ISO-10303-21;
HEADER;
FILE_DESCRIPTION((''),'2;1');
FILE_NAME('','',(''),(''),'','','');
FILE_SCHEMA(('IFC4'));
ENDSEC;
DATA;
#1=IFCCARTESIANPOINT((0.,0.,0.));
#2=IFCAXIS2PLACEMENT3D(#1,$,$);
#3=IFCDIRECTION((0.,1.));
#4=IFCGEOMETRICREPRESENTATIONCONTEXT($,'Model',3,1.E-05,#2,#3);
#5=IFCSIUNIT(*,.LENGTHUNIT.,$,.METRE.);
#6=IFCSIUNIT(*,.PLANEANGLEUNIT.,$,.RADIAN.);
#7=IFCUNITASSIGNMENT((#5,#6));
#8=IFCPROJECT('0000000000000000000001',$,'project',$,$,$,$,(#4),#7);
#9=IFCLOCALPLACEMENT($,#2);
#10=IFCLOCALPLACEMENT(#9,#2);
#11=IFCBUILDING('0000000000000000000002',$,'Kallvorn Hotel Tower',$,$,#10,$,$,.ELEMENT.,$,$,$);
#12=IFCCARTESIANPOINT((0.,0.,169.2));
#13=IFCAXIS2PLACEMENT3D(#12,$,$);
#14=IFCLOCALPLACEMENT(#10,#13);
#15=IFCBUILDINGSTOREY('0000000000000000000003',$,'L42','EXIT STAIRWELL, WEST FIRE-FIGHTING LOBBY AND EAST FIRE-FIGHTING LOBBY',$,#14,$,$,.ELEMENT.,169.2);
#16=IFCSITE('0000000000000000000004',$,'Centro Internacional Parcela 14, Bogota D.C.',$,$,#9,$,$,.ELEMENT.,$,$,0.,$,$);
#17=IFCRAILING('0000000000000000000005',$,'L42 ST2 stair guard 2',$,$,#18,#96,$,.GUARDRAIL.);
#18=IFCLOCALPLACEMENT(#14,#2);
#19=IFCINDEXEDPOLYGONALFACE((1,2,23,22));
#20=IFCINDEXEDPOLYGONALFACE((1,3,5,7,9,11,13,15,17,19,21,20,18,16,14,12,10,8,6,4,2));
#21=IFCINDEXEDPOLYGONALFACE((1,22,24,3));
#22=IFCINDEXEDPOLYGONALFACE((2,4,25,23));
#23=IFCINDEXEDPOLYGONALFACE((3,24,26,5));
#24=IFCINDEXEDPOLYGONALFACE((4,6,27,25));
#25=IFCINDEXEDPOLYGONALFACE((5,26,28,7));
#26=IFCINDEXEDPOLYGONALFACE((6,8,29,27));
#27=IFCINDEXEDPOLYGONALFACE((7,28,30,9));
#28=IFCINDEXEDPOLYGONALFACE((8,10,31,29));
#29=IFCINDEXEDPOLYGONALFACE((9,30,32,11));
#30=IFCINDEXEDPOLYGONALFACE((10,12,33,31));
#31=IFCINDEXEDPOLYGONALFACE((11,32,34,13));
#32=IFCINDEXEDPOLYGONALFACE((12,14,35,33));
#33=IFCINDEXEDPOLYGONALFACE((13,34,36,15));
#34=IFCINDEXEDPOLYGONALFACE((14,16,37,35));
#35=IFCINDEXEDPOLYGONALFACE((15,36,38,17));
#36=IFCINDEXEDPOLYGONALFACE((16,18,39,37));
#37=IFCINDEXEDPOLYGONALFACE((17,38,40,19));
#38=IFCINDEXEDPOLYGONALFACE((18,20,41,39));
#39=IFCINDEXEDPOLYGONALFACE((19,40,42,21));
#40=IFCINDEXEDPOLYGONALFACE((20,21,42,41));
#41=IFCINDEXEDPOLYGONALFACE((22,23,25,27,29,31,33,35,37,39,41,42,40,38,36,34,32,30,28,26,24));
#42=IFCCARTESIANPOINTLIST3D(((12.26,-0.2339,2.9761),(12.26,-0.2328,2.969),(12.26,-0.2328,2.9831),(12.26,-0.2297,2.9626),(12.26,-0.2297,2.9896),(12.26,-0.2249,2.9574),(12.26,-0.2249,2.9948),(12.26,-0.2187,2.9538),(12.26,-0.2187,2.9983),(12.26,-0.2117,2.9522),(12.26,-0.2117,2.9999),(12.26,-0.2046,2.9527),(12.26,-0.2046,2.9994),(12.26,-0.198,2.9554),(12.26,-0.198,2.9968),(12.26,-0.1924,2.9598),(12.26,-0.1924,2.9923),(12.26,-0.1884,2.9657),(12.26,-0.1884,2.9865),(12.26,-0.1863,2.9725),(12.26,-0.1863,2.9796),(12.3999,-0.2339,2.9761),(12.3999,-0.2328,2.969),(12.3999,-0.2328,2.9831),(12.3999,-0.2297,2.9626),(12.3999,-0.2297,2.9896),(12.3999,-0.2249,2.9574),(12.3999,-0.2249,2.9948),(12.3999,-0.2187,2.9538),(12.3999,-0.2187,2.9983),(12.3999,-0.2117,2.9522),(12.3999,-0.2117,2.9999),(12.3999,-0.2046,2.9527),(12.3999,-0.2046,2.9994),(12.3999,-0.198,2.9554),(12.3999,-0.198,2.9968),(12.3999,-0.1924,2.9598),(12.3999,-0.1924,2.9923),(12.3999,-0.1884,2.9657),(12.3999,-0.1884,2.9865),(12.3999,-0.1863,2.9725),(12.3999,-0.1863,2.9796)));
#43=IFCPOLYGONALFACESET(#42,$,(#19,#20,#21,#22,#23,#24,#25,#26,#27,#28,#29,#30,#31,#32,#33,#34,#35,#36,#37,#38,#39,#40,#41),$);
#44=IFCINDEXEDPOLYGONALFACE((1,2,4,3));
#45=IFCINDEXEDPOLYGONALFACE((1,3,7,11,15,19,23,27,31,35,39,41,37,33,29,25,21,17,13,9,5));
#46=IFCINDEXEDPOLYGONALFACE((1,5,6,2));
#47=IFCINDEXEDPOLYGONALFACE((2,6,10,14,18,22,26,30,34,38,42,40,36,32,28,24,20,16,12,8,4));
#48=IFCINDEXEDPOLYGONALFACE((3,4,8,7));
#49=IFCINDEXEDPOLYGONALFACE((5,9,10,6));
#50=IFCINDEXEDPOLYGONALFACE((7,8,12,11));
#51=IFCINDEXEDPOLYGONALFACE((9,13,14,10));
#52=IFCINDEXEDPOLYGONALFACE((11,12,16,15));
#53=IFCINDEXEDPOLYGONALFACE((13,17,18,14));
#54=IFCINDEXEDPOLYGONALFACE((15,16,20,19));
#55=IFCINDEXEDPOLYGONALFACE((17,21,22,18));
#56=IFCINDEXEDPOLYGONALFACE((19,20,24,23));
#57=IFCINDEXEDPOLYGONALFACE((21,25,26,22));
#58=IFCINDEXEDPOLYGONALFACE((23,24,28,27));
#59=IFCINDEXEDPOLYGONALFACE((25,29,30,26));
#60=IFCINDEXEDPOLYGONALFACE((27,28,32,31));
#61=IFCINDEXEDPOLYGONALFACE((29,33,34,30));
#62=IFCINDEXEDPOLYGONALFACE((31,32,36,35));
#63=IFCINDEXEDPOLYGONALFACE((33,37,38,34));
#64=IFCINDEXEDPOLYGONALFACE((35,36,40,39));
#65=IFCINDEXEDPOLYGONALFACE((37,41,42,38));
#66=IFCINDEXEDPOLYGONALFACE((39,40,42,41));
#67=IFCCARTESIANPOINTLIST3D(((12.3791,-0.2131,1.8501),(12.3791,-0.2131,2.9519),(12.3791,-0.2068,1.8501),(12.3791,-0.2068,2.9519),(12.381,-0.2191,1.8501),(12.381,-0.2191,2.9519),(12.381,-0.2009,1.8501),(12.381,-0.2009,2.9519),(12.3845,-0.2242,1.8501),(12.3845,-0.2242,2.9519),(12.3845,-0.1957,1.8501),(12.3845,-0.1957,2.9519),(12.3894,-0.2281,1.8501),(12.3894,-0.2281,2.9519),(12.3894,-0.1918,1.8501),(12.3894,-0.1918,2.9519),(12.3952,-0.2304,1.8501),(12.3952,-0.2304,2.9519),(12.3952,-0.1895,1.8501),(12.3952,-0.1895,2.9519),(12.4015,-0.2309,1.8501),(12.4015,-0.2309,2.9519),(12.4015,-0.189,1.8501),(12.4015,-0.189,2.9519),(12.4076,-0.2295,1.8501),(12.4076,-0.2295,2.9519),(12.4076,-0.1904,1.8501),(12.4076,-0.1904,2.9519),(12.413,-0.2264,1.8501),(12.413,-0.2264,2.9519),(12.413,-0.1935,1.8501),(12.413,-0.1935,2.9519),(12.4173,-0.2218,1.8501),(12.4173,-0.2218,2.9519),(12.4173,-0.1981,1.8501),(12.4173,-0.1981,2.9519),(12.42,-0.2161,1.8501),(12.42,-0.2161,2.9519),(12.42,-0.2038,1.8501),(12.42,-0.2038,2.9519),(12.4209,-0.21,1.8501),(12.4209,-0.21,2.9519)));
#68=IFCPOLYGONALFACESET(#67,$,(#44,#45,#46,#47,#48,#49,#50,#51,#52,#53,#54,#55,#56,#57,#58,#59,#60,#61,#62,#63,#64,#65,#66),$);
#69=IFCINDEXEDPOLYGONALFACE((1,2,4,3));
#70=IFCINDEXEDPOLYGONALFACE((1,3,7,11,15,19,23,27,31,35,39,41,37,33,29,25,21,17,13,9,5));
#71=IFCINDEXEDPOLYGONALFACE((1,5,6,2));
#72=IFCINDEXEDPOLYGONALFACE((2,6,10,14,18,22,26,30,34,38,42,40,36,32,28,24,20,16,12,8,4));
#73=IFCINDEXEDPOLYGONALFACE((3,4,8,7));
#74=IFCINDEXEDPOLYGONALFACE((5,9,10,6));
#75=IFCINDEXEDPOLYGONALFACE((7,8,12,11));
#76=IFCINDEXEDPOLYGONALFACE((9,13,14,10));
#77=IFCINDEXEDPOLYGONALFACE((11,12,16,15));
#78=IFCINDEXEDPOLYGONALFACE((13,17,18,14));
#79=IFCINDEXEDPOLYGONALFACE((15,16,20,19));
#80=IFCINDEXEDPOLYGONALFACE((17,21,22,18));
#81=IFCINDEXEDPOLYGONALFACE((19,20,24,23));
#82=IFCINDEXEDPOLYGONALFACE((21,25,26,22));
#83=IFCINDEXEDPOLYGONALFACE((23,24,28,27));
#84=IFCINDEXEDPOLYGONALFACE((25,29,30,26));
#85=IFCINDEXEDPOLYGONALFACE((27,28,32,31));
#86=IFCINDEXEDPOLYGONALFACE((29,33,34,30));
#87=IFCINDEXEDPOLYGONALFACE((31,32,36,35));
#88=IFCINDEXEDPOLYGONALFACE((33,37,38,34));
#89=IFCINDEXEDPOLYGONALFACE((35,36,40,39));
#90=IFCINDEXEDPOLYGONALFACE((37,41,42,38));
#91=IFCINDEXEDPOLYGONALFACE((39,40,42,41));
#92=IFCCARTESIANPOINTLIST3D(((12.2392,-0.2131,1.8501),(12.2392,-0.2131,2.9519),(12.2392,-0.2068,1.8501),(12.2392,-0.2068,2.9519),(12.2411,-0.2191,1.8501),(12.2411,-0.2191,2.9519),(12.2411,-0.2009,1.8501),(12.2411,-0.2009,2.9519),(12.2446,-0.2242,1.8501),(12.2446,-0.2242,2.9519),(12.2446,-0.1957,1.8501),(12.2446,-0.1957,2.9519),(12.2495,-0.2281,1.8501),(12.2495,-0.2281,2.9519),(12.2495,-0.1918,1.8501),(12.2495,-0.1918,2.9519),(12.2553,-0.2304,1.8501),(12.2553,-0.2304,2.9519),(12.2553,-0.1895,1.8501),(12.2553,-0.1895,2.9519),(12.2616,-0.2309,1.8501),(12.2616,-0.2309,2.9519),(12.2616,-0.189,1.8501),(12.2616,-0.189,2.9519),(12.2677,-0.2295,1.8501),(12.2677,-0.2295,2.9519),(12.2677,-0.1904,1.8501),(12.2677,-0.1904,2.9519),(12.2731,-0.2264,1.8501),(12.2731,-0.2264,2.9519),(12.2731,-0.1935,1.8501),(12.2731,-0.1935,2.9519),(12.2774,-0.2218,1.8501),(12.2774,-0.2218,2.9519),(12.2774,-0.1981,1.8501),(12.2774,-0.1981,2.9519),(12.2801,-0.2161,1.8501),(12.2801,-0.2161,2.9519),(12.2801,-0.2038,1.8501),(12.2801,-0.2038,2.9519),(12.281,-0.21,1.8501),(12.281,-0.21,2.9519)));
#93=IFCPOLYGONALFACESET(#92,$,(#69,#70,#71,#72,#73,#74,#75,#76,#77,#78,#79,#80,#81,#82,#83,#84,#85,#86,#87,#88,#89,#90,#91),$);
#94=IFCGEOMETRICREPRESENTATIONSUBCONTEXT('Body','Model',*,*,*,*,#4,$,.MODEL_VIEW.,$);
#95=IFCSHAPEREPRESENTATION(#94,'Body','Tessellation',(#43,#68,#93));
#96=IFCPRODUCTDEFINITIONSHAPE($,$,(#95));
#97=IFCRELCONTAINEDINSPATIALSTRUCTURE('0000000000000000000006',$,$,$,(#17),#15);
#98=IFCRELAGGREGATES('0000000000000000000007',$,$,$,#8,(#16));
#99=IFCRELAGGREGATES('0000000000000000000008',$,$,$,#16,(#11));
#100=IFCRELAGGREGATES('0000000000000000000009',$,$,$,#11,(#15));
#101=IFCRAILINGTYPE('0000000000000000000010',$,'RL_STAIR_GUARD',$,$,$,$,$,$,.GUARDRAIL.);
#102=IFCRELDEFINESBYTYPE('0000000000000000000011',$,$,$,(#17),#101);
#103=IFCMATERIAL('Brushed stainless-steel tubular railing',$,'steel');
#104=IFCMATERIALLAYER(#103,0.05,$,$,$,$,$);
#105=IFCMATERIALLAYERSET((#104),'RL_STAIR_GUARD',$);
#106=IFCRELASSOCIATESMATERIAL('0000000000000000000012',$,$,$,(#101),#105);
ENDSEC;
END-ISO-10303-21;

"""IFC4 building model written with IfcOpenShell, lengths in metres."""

from ifc_helpers import new_model, si_unit, direction, frame, origin, origin_2d, place, context, subcontext, project, spatial, circle, extrude, material, layer, layer_set, type_object, element, save


model = new_model("IFC4")

# Units and contexts
model_context = context("Model", 3, precision=1e-05, world=origin(), true_north=direction((0.0, 1.0)))
body_context = subcontext(model_context, "Body", "Model", "MODEL_VIEW")
ifc_project = project(units=[si_unit("LENGTHUNIT", "METRE"), si_unit("PLANEANGLEUNIT", "RADIAN")], contexts=[model_context])

# Site, building, storey
site_placement = place(None, origin())
site = spatial("IfcSite", under=ifc_project, at=site_placement, Name="Centro Internacional Parcela 14, Bogota D.C.", CompositionType="ELEMENT", RefElevation=0.0)
building_placement = place(site_placement, origin())
building = spatial("IfcBuilding", under=site, at=building_placement, Name="Kallvorn Hotel Tower", CompositionType="ELEMENT")
storey_placement = place(building_placement, frame((0.0, 0.0, 169.2)))
storey = spatial("IfcBuildingStorey", under=building, at=storey_placement, Name="L42", Description="EXIT STAIRWELL, WEST FIRE-FIGHTING LOBBY AND EAST FIRE-FIGHTING LOBBY", CompositionType="ELEMENT", Elevation=169.2)

# Railing
ifc_material_1 = material(Name="Brushed stainless-steel tubular railing", Category="steel")
ifc_layer_1 = layer(ifc_material_1, 0.05)
ifc_layer_set_1 = layer_set([ifc_layer_1], Name="RL_STAIR_GUARD")
railing_type = type_object("IfcRailingType", Name="RL_STAIR_GUARD", PredefinedType="GUARDRAIL", material=ifc_layer_set_1)
railing_1_placement = place(storey_placement, frame((12.3999, -0.21, 1.8501)))
element("IfcRailing", 1, at=railing_1_placement, inside=storey, type_object=railing_type, Name="L42 ST2 stair guard 2", PredefinedType="GUARDRAIL", context=body_context, shape_type="SweptSolid", body=[
    extrude(circle(Radius=0.0239, at=origin_2d()), frame((0.0, 0.0, 1.126), z_axis=(-1.0, 0.0, 0.0), x_axis=(0.0, -1.0, 0.0)), (0.0, 0.0, 1.0), 0.1399),
    extrude(circle(Radius=0.021, at=origin_2d()), origin(), (0.0, 0.0, 1.0), 1.1018),
    extrude(circle(Radius=0.021, at=origin_2d()), frame((-0.1399, 0.0, 0.0)), (0.0, 0.0, 1.0), 1.1018),
])

save(model, "model.ifc")
